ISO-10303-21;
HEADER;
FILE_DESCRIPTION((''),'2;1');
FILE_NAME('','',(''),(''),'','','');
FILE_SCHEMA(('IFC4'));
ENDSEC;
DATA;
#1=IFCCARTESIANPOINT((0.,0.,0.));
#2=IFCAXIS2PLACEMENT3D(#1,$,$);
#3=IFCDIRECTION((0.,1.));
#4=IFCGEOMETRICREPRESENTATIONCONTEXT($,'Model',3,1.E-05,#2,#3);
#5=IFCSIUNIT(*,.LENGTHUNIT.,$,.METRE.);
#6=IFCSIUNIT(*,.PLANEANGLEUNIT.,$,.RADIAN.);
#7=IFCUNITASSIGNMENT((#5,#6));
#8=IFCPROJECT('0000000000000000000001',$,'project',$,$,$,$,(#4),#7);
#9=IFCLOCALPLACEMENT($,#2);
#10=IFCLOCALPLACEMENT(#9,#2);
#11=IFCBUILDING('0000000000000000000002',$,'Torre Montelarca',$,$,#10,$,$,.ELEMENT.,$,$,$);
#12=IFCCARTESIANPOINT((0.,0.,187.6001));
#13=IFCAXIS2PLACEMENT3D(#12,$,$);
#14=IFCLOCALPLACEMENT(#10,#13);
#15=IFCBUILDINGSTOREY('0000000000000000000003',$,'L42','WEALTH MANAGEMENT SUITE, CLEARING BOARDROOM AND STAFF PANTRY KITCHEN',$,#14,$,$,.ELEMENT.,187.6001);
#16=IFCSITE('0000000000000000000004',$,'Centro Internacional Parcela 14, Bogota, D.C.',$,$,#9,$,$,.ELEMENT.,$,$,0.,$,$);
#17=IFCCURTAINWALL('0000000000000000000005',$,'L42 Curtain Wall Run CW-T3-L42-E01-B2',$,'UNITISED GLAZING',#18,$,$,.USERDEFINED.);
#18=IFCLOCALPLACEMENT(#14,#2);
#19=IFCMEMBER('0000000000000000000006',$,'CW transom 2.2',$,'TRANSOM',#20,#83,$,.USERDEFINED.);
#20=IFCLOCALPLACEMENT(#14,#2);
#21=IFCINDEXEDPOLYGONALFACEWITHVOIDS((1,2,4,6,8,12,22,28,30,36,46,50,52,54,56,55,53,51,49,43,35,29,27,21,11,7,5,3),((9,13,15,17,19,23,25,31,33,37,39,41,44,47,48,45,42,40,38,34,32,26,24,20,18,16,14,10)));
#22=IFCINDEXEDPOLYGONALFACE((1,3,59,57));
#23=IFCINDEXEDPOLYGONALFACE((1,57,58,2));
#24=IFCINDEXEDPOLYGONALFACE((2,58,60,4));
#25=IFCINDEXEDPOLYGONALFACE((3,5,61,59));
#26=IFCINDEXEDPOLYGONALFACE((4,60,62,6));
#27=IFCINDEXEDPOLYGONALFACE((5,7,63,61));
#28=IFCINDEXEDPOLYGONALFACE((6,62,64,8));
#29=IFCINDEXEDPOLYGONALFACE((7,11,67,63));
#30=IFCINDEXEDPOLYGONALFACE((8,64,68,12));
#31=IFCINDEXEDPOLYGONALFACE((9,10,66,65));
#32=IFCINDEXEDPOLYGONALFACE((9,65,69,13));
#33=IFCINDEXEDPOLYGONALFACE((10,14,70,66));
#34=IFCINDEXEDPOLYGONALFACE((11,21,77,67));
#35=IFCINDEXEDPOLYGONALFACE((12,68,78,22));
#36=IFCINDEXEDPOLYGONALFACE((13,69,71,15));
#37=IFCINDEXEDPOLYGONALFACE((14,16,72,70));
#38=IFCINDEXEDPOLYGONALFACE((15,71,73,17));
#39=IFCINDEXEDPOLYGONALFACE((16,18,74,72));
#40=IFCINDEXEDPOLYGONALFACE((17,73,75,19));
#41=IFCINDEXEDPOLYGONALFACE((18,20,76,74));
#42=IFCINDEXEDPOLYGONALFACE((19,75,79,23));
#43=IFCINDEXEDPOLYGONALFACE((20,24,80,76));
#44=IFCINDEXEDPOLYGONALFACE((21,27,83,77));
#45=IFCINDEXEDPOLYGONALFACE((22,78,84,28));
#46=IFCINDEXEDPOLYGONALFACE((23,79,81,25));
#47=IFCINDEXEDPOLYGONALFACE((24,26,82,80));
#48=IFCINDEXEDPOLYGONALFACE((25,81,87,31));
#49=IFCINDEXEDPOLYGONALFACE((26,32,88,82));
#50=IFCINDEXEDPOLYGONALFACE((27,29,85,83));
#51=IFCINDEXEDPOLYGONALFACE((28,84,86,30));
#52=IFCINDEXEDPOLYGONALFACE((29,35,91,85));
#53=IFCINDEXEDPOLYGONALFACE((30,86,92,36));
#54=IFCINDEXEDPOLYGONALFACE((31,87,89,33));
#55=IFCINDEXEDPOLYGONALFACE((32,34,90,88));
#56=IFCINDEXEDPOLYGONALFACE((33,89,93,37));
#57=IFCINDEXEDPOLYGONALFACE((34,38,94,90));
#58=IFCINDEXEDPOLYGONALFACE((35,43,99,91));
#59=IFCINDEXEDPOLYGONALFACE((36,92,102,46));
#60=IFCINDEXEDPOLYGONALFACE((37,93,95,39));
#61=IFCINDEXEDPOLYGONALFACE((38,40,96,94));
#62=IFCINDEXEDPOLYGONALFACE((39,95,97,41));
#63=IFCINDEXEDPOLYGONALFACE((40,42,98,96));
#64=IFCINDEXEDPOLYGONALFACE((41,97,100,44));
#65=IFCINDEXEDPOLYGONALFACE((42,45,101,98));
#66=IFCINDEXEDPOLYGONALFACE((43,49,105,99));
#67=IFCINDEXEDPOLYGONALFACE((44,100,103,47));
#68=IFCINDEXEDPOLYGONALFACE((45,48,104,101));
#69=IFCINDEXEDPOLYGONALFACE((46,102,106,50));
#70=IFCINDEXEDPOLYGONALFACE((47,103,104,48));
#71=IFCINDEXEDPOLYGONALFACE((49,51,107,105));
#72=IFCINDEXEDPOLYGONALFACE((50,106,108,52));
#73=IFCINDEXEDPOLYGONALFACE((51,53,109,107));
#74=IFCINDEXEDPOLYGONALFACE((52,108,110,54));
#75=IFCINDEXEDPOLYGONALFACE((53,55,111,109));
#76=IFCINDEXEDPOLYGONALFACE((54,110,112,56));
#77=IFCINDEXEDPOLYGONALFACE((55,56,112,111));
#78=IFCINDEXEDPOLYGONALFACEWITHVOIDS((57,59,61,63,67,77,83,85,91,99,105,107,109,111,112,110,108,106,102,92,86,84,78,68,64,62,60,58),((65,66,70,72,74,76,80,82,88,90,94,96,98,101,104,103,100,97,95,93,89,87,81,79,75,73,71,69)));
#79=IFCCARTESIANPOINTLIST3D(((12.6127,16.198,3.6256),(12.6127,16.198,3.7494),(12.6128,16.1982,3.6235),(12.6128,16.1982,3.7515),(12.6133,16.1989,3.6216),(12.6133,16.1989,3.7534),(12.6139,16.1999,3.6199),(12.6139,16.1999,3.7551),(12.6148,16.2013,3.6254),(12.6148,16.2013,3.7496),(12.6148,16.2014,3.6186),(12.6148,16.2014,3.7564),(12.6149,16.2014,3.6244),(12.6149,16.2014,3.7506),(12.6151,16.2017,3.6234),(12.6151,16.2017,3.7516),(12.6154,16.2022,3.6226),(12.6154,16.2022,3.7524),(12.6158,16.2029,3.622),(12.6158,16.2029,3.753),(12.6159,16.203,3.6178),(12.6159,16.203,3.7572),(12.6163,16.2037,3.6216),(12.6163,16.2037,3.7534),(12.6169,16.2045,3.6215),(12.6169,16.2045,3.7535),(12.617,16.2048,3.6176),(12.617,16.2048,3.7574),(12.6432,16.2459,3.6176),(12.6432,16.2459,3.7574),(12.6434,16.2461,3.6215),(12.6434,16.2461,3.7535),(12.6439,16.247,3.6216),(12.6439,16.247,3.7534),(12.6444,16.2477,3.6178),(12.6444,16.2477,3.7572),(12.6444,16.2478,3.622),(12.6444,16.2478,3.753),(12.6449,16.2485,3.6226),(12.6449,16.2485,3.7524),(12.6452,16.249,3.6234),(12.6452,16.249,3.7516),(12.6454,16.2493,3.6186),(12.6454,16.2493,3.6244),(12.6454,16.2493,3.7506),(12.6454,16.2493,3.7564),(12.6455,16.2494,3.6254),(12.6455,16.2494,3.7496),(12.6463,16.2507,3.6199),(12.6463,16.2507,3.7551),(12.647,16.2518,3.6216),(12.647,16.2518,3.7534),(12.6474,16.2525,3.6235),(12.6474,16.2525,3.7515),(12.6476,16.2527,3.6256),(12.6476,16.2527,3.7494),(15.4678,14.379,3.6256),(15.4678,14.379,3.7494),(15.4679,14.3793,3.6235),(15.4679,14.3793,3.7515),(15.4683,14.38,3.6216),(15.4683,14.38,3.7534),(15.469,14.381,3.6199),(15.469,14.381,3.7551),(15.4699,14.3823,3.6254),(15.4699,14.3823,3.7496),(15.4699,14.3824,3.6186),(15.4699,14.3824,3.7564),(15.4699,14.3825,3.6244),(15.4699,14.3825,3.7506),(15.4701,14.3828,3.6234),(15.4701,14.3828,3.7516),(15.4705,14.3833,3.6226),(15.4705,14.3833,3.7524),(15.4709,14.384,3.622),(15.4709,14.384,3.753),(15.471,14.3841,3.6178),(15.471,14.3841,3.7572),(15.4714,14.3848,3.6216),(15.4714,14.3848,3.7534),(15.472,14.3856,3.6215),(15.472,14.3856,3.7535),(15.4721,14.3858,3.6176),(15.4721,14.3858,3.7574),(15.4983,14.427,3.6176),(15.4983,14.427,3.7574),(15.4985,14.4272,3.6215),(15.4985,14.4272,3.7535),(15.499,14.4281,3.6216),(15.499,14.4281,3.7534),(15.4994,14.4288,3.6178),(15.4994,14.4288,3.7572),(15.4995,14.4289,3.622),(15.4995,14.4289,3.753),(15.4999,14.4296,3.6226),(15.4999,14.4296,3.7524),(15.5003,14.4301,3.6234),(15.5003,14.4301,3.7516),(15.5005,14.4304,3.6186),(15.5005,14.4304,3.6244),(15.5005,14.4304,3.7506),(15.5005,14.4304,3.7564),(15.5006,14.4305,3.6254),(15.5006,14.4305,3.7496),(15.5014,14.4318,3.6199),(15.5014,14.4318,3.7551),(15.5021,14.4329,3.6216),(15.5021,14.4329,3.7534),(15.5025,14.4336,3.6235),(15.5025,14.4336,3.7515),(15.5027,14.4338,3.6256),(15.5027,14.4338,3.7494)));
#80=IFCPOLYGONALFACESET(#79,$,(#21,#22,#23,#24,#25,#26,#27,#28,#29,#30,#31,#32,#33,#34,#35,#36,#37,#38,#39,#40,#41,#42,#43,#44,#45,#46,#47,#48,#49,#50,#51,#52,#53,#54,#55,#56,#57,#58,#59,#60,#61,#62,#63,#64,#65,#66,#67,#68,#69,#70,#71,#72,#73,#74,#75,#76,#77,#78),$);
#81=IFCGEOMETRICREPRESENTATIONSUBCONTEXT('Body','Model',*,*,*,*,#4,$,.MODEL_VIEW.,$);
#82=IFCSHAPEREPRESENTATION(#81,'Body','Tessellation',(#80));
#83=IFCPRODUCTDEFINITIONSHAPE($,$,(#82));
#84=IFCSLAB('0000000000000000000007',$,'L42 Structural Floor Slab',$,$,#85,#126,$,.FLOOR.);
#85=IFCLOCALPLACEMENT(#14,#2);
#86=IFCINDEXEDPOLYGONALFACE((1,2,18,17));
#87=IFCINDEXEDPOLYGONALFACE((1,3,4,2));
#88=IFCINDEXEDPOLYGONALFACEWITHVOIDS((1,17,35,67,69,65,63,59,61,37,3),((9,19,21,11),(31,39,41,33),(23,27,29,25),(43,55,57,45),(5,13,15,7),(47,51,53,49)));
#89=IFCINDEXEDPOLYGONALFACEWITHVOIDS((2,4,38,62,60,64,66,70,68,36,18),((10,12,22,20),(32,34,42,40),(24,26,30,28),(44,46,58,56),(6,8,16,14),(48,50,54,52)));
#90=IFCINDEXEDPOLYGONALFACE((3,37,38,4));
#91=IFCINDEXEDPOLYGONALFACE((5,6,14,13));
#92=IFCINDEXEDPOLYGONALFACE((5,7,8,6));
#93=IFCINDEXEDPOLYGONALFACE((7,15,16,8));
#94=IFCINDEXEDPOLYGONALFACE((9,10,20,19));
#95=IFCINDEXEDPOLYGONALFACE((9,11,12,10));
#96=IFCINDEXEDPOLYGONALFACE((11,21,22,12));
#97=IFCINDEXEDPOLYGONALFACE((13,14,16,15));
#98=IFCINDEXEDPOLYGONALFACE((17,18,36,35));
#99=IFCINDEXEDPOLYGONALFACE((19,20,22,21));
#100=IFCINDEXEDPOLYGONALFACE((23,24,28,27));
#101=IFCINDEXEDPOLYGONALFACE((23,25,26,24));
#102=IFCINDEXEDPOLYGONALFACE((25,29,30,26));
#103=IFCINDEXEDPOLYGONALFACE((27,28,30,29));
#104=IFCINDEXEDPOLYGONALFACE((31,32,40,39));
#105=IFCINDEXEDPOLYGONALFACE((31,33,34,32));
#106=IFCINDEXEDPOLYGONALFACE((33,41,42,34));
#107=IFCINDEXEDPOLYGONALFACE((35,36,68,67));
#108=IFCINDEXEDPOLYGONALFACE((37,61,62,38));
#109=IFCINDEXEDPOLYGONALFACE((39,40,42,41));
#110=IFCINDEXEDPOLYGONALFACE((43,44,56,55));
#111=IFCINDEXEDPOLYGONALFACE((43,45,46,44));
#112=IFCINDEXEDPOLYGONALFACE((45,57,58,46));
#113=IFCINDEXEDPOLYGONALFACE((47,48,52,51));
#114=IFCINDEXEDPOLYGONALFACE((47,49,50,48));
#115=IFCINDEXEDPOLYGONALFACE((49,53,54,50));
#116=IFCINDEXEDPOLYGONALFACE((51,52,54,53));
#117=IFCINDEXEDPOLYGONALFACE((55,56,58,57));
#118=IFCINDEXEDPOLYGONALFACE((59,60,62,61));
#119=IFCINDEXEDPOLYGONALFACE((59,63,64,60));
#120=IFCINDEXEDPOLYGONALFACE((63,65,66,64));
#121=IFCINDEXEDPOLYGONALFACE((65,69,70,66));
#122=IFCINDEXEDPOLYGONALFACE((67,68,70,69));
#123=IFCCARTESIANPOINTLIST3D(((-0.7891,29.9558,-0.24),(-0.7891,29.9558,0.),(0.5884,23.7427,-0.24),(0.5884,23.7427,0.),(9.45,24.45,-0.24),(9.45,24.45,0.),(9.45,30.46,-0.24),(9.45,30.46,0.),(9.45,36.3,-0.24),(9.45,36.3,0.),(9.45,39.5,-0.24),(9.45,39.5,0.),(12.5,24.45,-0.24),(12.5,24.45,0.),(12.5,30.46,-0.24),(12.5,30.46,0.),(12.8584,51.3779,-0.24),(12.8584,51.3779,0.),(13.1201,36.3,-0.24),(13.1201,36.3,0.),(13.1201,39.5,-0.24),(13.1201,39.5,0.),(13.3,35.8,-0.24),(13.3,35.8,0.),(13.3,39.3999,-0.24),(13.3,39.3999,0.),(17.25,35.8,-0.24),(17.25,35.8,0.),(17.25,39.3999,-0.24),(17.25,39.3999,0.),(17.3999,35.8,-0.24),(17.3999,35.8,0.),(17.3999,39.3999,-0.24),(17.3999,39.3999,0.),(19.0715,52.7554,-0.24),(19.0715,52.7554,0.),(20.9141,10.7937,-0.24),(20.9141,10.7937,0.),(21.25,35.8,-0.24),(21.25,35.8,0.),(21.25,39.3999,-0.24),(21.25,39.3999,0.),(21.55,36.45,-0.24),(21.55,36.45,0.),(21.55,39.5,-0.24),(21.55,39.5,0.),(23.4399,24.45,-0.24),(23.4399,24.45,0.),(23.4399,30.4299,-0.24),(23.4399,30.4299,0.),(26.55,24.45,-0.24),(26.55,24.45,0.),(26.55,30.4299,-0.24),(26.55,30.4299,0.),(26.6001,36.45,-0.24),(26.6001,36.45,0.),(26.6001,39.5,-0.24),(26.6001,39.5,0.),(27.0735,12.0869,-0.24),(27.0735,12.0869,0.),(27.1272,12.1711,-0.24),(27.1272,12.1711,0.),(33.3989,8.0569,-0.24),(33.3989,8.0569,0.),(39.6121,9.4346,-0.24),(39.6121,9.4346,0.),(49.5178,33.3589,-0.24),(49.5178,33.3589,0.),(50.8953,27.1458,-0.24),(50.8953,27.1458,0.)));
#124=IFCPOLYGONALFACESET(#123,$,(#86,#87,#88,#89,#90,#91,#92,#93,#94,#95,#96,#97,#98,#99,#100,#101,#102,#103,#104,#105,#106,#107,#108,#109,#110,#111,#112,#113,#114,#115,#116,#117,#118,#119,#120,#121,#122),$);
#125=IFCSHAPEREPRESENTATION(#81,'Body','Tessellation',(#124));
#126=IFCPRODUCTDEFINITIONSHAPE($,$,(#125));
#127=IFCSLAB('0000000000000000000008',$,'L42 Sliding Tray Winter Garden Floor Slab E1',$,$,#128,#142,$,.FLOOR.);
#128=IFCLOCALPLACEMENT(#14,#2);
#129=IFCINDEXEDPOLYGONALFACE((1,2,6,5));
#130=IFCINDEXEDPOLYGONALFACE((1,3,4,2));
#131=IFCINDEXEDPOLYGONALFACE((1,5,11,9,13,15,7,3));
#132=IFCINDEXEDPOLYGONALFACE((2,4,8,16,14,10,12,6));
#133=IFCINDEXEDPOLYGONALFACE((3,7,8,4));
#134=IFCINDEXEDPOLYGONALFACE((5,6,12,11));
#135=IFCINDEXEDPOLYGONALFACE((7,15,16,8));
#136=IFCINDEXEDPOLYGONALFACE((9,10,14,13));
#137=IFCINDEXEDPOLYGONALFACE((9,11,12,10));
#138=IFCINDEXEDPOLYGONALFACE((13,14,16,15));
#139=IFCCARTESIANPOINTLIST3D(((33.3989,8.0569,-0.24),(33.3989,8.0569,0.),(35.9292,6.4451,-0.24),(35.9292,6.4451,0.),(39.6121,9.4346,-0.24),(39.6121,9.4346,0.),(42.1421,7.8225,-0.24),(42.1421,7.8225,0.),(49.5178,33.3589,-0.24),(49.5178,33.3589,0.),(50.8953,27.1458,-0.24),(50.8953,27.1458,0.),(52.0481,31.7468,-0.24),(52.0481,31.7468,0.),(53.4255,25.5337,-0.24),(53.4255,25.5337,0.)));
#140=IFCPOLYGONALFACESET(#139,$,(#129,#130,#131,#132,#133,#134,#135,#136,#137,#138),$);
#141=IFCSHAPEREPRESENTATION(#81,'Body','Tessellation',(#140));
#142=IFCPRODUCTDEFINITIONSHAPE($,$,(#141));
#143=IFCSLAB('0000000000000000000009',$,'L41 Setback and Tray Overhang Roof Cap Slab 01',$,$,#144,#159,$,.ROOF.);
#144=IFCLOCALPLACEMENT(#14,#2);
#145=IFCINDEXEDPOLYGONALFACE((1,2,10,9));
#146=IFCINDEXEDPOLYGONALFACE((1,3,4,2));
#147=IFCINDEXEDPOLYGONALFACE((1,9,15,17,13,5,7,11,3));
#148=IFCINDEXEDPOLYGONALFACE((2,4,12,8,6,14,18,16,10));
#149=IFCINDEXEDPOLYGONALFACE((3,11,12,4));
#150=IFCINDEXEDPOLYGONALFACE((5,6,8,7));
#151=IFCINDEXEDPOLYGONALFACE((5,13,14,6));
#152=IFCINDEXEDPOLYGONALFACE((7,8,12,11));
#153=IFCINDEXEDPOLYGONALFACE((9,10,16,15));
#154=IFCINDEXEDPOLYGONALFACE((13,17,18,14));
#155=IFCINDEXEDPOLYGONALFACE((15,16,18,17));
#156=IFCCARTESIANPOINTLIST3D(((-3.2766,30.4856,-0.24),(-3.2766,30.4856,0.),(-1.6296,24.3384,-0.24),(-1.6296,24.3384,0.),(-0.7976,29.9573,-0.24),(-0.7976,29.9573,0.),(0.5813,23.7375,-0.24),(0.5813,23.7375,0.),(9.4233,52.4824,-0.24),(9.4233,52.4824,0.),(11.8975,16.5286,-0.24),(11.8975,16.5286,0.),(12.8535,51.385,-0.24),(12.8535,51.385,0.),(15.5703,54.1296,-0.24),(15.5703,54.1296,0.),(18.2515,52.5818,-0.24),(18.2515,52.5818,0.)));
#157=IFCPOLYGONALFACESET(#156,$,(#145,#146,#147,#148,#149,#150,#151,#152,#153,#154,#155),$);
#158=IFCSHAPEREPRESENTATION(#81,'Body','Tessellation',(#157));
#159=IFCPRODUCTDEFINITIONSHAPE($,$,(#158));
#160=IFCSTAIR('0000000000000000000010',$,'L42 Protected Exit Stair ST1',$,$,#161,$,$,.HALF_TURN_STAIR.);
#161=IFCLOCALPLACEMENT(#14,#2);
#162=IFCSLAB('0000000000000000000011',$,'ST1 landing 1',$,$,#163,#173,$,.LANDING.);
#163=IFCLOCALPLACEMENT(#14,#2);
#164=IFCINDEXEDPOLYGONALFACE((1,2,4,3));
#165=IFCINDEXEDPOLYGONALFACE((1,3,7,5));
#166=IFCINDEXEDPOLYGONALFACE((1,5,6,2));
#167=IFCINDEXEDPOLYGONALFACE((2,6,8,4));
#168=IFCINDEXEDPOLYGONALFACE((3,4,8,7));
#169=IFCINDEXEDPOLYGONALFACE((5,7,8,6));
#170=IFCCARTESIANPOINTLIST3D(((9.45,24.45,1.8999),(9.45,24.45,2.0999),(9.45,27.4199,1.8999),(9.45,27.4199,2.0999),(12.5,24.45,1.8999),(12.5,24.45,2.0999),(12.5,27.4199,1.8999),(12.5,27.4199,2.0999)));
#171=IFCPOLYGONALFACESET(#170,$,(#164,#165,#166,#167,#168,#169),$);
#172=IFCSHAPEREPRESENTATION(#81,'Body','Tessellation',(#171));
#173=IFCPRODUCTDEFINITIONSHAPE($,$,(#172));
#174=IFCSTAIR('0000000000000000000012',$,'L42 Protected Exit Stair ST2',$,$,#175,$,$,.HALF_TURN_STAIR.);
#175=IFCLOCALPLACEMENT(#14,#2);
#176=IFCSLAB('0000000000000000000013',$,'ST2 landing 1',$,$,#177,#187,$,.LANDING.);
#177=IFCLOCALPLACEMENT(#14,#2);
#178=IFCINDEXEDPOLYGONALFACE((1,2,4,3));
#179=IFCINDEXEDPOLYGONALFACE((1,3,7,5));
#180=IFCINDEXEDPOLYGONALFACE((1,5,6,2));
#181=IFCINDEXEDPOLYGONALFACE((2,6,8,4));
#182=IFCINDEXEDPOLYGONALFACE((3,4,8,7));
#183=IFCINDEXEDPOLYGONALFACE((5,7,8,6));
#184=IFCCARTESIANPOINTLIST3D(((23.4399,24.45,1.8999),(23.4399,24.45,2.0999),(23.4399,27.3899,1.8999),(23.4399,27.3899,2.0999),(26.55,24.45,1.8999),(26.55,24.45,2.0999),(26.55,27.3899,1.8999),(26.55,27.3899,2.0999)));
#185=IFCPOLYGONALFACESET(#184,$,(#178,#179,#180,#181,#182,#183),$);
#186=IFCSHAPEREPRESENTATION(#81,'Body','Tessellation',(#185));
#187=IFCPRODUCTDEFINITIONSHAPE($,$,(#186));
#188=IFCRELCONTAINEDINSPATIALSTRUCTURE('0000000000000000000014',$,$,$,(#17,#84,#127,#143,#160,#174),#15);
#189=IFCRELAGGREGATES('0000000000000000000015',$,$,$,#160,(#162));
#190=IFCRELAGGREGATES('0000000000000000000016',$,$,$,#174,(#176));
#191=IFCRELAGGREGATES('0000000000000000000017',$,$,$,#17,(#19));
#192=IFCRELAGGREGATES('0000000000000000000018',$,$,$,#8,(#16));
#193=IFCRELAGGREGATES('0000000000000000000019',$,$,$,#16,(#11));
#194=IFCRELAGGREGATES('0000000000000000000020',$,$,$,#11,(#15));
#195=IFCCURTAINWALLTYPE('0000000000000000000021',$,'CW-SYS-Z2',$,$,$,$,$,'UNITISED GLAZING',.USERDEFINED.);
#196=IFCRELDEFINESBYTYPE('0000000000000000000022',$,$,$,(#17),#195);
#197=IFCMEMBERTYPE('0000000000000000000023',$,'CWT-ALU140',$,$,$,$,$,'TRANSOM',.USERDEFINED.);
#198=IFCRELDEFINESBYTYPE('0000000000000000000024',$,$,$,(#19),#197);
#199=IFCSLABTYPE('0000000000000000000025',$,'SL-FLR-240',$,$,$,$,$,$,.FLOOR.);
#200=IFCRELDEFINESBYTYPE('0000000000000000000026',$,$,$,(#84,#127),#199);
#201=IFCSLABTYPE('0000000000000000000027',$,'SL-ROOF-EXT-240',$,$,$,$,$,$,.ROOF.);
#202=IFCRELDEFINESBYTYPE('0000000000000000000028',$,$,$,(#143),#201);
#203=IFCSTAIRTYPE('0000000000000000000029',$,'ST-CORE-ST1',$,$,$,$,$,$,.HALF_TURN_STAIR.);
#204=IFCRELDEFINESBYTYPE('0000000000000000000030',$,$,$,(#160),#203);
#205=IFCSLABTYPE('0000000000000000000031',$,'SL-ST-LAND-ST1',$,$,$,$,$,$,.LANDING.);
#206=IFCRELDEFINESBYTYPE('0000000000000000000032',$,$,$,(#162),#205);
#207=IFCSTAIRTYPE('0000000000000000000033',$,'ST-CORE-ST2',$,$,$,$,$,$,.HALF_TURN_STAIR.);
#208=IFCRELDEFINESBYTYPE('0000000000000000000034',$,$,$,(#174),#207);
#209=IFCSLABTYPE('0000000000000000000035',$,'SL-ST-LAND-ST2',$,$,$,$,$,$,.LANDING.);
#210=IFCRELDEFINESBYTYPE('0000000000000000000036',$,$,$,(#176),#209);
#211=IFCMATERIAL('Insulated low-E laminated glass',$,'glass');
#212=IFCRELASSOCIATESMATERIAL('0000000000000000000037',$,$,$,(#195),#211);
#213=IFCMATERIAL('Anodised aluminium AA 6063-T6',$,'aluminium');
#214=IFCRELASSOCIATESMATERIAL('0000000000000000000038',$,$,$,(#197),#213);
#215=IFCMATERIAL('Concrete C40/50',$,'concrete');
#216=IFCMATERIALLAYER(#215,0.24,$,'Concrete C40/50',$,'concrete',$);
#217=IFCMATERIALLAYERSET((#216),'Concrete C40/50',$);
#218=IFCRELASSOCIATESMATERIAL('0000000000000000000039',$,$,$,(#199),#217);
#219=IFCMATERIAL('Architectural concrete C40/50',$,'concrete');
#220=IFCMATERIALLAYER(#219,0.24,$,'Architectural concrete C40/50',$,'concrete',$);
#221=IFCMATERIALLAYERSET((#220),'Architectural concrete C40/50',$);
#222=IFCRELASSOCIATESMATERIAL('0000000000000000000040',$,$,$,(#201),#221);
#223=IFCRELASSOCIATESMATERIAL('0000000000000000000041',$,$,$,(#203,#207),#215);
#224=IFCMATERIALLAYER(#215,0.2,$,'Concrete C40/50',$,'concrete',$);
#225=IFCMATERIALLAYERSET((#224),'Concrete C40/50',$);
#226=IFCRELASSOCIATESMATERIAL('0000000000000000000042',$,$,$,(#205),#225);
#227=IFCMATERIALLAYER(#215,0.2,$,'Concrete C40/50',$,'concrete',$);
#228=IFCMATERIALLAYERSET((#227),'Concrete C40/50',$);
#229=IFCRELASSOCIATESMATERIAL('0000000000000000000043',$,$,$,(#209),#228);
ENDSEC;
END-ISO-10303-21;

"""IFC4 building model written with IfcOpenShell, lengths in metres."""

from ifc_helpers import new_model, si_unit, direction, frame, origin, origin_2d, place, context, subcontext, project, spatial, polyline, hollow_rectangle, outline, extrude, source, transform, mapped, material, layer, layer_set, material_profile, profile_set, type_object, element, aggregate, save


model = new_model("IFC4")

# Units and contexts
model_context = context("Model", 3, precision=1e-05, world=origin(), true_north=direction((0.0, 1.0)))
body_context = subcontext(model_context, "Body", "Model", "MODEL_VIEW")
ifc_project = project(units=[si_unit("LENGTHUNIT", "METRE"), si_unit("PLANEANGLEUNIT", "RADIAN")], contexts=[model_context])

# Site, building, storey
site_placement = place(None, origin())
site = spatial("IfcSite", under=ifc_project, at=site_placement, Name="Centro Internacional Parcela 14, Bogota, D.C.", CompositionType="ELEMENT", RefElevation=0.0)
building_placement = place(site_placement, origin())
building = spatial("IfcBuilding", under=site, at=building_placement, Name="Torre Montelarca", CompositionType="ELEMENT")
storey_placement = place(building_placement, frame((0.0, 0.0, 187.6001)))
storey = spatial("IfcBuildingStorey", under=building, at=storey_placement, Name="L42", Description="WEALTH MANAGEMENT SUITE, CLEARING BOARDROOM AND STAFF PANTRY KITCHEN", CompositionType="ELEMENT", Elevation=187.6001)

# Shared definitions
ifc_material_1 = material(Name="Insulated low-E laminated glass", Category="glass")
curtain_wall_type = type_object("IfcCurtainWallType", Name="CW-SYS-Z2", ElementType="UNITISED GLAZING", PredefinedType="USERDEFINED", material=ifc_material_1)
ifc_material_2 = material(Name="Anodised aluminium AA 6063-T6", Category="aluminium")

# Curtain wall
curtain_wall_1_placement = place(storey_placement, origin())
curtain_wall_1 = element("IfcCurtainWall", 1, at=curtain_wall_1_placement, inside=storey, type_object=curtain_wall_type, Name="L42 Curtain Wall Run CW-T3-L42-E01-B2", ObjectType="UNITISED GLAZING", PredefinedType="USERDEFINED")

# Member
ifc_material_profile_1 = material_profile(ifc_material_2, hollow_rectangle(XDim=0.0649, YDim=0.1399, WallThickness=0.0039, InnerFilletRadius=0.0039, OuterFilletRadius=0.0081, at=origin_2d()), Name="ALU65X140X4", Category="aluminium")
ifc_profile_set_1 = profile_set([ifc_material_profile_1], Name="Anodised aluminium AA 6063-T6")
member_type_1 = type_object("IfcMemberType", Name="CWT-ALU140", ElementType="TRANSOM", PredefinedType="USERDEFINED", material=ifc_profile_set_1)
shared_shape_1 = source(origin(), body_context, "Body", "SweptSolid", [
    extrude(hollow_rectangle(XDim=0.0649, YDim=0.1399, WallThickness=0.0039, InnerFilletRadius=0.0039, OuterFilletRadius=0.0081, at=origin_2d()), origin(), (0.0, 0.0, 1.0), 3.3853),
])
member_1_placement = place(storey_placement, frame((12.6301, 16.2253, 3.6875), z_axis=(0.843388, -0.537305, 0.0), x_axis=(0.537305, 0.843388, 0.0)))
member_1 = element("IfcMember", 2, at=member_1_placement, type_object=member_type_1, Name="CW transom 2.2", ObjectType="TRANSOM", PredefinedType="USERDEFINED", context=body_context, shape_type="MappedRepresentation", body=[
    mapped(shared_shape_1, transform((0.0, 0.0, 0.0), scale=1.0)),
])

# Slabs
ifc_material_3 = material(Name="Concrete C40/50", Category="concrete")
ifc_layer_1 = layer(ifc_material_3, 0.24, Name="Concrete C40/50", Category="concrete")
ifc_layer_set_1 = layer_set([ifc_layer_1], Name="Concrete C40/50")
slab_type_1 = type_object("IfcSlabType", Name="SL-FLR-240", PredefinedType="FLOOR", material=ifc_layer_set_1)
slab_1_placement = place(storey_placement, frame((0.0, 0.0, -0.24)))
element("IfcSlab", 3, at=slab_1_placement, inside=storey, type_object=slab_type_1, Name="L42 Structural Floor Slab", PredefinedType="FLOOR", context=body_context, shape_type="SweptSolid", body=[
    extrude(outline(polyline([(20.9141, 10.7937), (27.1272, 12.1711), (27.0735, 12.0869), (33.3989, 8.0569), (39.6121, 9.4346), (50.8953, 27.1458), (49.5178, 33.3589), (19.0715, 52.7554), (12.8584, 51.3779), (-0.7891, 29.9558), (0.5884, 23.7427), (20.9141, 10.7937)]), holes=[polyline([(26.55, 24.45), (23.4399, 24.45), (23.4399, 30.4299), (26.55, 30.4299), (26.55, 24.45)]), polyline([(9.45, 24.45), (9.45, 30.46), (12.5, 30.46), (12.5, 24.45), (9.45, 24.45)]), polyline([(17.25, 35.8), (13.3, 35.8), (13.3, 39.3999), (17.25, 39.3999), (17.25, 35.8)]), polyline([(21.25, 39.3999), (21.25, 35.8), (17.3999, 35.8), (17.3999, 39.3999), (21.25, 39.3999)]), polyline([(13.1201, 36.3), (9.45, 36.3), (9.45, 39.5), (13.1201, 39.5), (13.1201, 36.3)]), polyline([(26.6001, 36.45), (21.55, 36.45), (21.55, 39.5), (26.6001, 39.5), (26.6001, 36.45)])]), origin(), (0.0, 0.0, 1.0), 0.24),
])
slab_2_placement = place(storey_placement, frame((0.0, 0.0, -0.24)))
element("IfcSlab", 4, at=slab_2_placement, inside=storey, type_object=slab_type_1, Name="L42 Sliding Tray Winter Garden Floor Slab E1", PredefinedType="FLOOR", context=body_context, shape_type="SweptSolid", body=[
    extrude(outline(polyline([(49.5178, 33.3589), (50.8953, 27.1458), (39.6121, 9.4346), (33.3989, 8.0569), (35.9292, 6.4451), (42.1421, 7.8225), (53.4255, 25.5337), (52.0481, 31.7468), (49.5178, 33.3589)])), origin(), (0.0, 0.0, 1.0), 0.24),
])
ifc_material_4 = material(Name="Architectural concrete C40/50", Category="concrete")
ifc_layer_2 = layer(ifc_material_4, 0.24, Name="Architectural concrete C40/50", Category="concrete")
ifc_layer_set_2 = layer_set([ifc_layer_2], Name="Architectural concrete C40/50")
slab_type_2 = type_object("IfcSlabType", Name="SL-ROOF-EXT-240", PredefinedType="ROOF", material=ifc_layer_set_2)
slab_3_placement = place(storey_placement, frame((0.0, 0.0, -0.24)))
element("IfcSlab", 5, at=slab_3_placement, inside=storey, type_object=slab_type_2, Name="L41 Setback and Tray Overhang Roof Cap Slab 01", PredefinedType="ROOF", context=body_context, shape_type="SweptSolid", body=[
    extrude(outline(polyline([(0.5813, 23.7375), (-0.7976, 29.9573), (12.8535, 51.385), (18.2515, 52.5818), (15.5703, 54.1296), (9.4233, 52.4824), (-3.2766, 30.4856), (-1.6296, 24.3384), (11.8975, 16.5286), (0.5813, 23.7375)])), origin(), (0.0, 0.0, 1.0), 0.24),
])

# Stairs, slabs
stair_type_1 = type_object("IfcStairType", Name="ST-CORE-ST1", PredefinedType="HALF_TURN_STAIR", material=ifc_material_3)
stair_1_placement = place(storey_placement, origin())
stair_1 = element("IfcStair", 6, at=stair_1_placement, inside=storey, type_object=stair_type_1, Name="L42 Protected Exit Stair ST1", PredefinedType="HALF_TURN_STAIR")
ifc_layer_3 = layer(ifc_material_3, 0.2, Name="Concrete C40/50", Category="concrete")
ifc_layer_set_3 = layer_set([ifc_layer_3], Name="Concrete C40/50")
slab_type_3 = type_object("IfcSlabType", Name="SL-ST-LAND-ST1", PredefinedType="LANDING", material=ifc_layer_set_3)
slab_4_placement = place(storey_placement, frame((0.0, 0.0, 1.8999)))
slab_4 = element("IfcSlab", 7, at=slab_4_placement, type_object=slab_type_3, Name="ST1 landing 1", PredefinedType="LANDING", context=body_context, shape_type="SweptSolid", body=[
    extrude(outline(polyline([(9.45, 27.4199), (9.45, 24.45), (12.5, 24.45), (12.5, 27.4199), (9.45, 27.4199)])), origin(), (0.0, 0.0, 1.0), 0.2),
])
aggregate(stair_1, [slab_4])
stair_type_2 = type_object("IfcStairType", Name="ST-CORE-ST2", PredefinedType="HALF_TURN_STAIR", material=ifc_material_3)
stair_2_placement = place(storey_placement, origin())
stair_2 = element("IfcStair", 8, at=stair_2_placement, inside=storey, type_object=stair_type_2, Name="L42 Protected Exit Stair ST2", PredefinedType="HALF_TURN_STAIR")
ifc_layer_4 = layer(ifc_material_3, 0.2, Name="Concrete C40/50", Category="concrete")
ifc_layer_set_4 = layer_set([ifc_layer_4], Name="Concrete C40/50")
slab_type_4 = type_object("IfcSlabType", Name="SL-ST-LAND-ST2", PredefinedType="LANDING", material=ifc_layer_set_4)
slab_5_placement = place(storey_placement, frame((0.0, 0.0, 1.8999)))
slab_5 = element("IfcSlab", 9, at=slab_5_placement, type_object=slab_type_4, Name="ST2 landing 1", PredefinedType="LANDING", context=body_context, shape_type="SweptSolid", body=[
    extrude(outline(polyline([(23.4399, 27.3899), (23.4399, 24.45), (26.55, 24.45), (26.55, 27.3899), (23.4399, 27.3899)])), origin(), (0.0, 0.0, 1.0), 0.2),
])
aggregate(stair_2, [slab_5])

aggregate(curtain_wall_1, [member_1])

save(model, "model.ifc")
